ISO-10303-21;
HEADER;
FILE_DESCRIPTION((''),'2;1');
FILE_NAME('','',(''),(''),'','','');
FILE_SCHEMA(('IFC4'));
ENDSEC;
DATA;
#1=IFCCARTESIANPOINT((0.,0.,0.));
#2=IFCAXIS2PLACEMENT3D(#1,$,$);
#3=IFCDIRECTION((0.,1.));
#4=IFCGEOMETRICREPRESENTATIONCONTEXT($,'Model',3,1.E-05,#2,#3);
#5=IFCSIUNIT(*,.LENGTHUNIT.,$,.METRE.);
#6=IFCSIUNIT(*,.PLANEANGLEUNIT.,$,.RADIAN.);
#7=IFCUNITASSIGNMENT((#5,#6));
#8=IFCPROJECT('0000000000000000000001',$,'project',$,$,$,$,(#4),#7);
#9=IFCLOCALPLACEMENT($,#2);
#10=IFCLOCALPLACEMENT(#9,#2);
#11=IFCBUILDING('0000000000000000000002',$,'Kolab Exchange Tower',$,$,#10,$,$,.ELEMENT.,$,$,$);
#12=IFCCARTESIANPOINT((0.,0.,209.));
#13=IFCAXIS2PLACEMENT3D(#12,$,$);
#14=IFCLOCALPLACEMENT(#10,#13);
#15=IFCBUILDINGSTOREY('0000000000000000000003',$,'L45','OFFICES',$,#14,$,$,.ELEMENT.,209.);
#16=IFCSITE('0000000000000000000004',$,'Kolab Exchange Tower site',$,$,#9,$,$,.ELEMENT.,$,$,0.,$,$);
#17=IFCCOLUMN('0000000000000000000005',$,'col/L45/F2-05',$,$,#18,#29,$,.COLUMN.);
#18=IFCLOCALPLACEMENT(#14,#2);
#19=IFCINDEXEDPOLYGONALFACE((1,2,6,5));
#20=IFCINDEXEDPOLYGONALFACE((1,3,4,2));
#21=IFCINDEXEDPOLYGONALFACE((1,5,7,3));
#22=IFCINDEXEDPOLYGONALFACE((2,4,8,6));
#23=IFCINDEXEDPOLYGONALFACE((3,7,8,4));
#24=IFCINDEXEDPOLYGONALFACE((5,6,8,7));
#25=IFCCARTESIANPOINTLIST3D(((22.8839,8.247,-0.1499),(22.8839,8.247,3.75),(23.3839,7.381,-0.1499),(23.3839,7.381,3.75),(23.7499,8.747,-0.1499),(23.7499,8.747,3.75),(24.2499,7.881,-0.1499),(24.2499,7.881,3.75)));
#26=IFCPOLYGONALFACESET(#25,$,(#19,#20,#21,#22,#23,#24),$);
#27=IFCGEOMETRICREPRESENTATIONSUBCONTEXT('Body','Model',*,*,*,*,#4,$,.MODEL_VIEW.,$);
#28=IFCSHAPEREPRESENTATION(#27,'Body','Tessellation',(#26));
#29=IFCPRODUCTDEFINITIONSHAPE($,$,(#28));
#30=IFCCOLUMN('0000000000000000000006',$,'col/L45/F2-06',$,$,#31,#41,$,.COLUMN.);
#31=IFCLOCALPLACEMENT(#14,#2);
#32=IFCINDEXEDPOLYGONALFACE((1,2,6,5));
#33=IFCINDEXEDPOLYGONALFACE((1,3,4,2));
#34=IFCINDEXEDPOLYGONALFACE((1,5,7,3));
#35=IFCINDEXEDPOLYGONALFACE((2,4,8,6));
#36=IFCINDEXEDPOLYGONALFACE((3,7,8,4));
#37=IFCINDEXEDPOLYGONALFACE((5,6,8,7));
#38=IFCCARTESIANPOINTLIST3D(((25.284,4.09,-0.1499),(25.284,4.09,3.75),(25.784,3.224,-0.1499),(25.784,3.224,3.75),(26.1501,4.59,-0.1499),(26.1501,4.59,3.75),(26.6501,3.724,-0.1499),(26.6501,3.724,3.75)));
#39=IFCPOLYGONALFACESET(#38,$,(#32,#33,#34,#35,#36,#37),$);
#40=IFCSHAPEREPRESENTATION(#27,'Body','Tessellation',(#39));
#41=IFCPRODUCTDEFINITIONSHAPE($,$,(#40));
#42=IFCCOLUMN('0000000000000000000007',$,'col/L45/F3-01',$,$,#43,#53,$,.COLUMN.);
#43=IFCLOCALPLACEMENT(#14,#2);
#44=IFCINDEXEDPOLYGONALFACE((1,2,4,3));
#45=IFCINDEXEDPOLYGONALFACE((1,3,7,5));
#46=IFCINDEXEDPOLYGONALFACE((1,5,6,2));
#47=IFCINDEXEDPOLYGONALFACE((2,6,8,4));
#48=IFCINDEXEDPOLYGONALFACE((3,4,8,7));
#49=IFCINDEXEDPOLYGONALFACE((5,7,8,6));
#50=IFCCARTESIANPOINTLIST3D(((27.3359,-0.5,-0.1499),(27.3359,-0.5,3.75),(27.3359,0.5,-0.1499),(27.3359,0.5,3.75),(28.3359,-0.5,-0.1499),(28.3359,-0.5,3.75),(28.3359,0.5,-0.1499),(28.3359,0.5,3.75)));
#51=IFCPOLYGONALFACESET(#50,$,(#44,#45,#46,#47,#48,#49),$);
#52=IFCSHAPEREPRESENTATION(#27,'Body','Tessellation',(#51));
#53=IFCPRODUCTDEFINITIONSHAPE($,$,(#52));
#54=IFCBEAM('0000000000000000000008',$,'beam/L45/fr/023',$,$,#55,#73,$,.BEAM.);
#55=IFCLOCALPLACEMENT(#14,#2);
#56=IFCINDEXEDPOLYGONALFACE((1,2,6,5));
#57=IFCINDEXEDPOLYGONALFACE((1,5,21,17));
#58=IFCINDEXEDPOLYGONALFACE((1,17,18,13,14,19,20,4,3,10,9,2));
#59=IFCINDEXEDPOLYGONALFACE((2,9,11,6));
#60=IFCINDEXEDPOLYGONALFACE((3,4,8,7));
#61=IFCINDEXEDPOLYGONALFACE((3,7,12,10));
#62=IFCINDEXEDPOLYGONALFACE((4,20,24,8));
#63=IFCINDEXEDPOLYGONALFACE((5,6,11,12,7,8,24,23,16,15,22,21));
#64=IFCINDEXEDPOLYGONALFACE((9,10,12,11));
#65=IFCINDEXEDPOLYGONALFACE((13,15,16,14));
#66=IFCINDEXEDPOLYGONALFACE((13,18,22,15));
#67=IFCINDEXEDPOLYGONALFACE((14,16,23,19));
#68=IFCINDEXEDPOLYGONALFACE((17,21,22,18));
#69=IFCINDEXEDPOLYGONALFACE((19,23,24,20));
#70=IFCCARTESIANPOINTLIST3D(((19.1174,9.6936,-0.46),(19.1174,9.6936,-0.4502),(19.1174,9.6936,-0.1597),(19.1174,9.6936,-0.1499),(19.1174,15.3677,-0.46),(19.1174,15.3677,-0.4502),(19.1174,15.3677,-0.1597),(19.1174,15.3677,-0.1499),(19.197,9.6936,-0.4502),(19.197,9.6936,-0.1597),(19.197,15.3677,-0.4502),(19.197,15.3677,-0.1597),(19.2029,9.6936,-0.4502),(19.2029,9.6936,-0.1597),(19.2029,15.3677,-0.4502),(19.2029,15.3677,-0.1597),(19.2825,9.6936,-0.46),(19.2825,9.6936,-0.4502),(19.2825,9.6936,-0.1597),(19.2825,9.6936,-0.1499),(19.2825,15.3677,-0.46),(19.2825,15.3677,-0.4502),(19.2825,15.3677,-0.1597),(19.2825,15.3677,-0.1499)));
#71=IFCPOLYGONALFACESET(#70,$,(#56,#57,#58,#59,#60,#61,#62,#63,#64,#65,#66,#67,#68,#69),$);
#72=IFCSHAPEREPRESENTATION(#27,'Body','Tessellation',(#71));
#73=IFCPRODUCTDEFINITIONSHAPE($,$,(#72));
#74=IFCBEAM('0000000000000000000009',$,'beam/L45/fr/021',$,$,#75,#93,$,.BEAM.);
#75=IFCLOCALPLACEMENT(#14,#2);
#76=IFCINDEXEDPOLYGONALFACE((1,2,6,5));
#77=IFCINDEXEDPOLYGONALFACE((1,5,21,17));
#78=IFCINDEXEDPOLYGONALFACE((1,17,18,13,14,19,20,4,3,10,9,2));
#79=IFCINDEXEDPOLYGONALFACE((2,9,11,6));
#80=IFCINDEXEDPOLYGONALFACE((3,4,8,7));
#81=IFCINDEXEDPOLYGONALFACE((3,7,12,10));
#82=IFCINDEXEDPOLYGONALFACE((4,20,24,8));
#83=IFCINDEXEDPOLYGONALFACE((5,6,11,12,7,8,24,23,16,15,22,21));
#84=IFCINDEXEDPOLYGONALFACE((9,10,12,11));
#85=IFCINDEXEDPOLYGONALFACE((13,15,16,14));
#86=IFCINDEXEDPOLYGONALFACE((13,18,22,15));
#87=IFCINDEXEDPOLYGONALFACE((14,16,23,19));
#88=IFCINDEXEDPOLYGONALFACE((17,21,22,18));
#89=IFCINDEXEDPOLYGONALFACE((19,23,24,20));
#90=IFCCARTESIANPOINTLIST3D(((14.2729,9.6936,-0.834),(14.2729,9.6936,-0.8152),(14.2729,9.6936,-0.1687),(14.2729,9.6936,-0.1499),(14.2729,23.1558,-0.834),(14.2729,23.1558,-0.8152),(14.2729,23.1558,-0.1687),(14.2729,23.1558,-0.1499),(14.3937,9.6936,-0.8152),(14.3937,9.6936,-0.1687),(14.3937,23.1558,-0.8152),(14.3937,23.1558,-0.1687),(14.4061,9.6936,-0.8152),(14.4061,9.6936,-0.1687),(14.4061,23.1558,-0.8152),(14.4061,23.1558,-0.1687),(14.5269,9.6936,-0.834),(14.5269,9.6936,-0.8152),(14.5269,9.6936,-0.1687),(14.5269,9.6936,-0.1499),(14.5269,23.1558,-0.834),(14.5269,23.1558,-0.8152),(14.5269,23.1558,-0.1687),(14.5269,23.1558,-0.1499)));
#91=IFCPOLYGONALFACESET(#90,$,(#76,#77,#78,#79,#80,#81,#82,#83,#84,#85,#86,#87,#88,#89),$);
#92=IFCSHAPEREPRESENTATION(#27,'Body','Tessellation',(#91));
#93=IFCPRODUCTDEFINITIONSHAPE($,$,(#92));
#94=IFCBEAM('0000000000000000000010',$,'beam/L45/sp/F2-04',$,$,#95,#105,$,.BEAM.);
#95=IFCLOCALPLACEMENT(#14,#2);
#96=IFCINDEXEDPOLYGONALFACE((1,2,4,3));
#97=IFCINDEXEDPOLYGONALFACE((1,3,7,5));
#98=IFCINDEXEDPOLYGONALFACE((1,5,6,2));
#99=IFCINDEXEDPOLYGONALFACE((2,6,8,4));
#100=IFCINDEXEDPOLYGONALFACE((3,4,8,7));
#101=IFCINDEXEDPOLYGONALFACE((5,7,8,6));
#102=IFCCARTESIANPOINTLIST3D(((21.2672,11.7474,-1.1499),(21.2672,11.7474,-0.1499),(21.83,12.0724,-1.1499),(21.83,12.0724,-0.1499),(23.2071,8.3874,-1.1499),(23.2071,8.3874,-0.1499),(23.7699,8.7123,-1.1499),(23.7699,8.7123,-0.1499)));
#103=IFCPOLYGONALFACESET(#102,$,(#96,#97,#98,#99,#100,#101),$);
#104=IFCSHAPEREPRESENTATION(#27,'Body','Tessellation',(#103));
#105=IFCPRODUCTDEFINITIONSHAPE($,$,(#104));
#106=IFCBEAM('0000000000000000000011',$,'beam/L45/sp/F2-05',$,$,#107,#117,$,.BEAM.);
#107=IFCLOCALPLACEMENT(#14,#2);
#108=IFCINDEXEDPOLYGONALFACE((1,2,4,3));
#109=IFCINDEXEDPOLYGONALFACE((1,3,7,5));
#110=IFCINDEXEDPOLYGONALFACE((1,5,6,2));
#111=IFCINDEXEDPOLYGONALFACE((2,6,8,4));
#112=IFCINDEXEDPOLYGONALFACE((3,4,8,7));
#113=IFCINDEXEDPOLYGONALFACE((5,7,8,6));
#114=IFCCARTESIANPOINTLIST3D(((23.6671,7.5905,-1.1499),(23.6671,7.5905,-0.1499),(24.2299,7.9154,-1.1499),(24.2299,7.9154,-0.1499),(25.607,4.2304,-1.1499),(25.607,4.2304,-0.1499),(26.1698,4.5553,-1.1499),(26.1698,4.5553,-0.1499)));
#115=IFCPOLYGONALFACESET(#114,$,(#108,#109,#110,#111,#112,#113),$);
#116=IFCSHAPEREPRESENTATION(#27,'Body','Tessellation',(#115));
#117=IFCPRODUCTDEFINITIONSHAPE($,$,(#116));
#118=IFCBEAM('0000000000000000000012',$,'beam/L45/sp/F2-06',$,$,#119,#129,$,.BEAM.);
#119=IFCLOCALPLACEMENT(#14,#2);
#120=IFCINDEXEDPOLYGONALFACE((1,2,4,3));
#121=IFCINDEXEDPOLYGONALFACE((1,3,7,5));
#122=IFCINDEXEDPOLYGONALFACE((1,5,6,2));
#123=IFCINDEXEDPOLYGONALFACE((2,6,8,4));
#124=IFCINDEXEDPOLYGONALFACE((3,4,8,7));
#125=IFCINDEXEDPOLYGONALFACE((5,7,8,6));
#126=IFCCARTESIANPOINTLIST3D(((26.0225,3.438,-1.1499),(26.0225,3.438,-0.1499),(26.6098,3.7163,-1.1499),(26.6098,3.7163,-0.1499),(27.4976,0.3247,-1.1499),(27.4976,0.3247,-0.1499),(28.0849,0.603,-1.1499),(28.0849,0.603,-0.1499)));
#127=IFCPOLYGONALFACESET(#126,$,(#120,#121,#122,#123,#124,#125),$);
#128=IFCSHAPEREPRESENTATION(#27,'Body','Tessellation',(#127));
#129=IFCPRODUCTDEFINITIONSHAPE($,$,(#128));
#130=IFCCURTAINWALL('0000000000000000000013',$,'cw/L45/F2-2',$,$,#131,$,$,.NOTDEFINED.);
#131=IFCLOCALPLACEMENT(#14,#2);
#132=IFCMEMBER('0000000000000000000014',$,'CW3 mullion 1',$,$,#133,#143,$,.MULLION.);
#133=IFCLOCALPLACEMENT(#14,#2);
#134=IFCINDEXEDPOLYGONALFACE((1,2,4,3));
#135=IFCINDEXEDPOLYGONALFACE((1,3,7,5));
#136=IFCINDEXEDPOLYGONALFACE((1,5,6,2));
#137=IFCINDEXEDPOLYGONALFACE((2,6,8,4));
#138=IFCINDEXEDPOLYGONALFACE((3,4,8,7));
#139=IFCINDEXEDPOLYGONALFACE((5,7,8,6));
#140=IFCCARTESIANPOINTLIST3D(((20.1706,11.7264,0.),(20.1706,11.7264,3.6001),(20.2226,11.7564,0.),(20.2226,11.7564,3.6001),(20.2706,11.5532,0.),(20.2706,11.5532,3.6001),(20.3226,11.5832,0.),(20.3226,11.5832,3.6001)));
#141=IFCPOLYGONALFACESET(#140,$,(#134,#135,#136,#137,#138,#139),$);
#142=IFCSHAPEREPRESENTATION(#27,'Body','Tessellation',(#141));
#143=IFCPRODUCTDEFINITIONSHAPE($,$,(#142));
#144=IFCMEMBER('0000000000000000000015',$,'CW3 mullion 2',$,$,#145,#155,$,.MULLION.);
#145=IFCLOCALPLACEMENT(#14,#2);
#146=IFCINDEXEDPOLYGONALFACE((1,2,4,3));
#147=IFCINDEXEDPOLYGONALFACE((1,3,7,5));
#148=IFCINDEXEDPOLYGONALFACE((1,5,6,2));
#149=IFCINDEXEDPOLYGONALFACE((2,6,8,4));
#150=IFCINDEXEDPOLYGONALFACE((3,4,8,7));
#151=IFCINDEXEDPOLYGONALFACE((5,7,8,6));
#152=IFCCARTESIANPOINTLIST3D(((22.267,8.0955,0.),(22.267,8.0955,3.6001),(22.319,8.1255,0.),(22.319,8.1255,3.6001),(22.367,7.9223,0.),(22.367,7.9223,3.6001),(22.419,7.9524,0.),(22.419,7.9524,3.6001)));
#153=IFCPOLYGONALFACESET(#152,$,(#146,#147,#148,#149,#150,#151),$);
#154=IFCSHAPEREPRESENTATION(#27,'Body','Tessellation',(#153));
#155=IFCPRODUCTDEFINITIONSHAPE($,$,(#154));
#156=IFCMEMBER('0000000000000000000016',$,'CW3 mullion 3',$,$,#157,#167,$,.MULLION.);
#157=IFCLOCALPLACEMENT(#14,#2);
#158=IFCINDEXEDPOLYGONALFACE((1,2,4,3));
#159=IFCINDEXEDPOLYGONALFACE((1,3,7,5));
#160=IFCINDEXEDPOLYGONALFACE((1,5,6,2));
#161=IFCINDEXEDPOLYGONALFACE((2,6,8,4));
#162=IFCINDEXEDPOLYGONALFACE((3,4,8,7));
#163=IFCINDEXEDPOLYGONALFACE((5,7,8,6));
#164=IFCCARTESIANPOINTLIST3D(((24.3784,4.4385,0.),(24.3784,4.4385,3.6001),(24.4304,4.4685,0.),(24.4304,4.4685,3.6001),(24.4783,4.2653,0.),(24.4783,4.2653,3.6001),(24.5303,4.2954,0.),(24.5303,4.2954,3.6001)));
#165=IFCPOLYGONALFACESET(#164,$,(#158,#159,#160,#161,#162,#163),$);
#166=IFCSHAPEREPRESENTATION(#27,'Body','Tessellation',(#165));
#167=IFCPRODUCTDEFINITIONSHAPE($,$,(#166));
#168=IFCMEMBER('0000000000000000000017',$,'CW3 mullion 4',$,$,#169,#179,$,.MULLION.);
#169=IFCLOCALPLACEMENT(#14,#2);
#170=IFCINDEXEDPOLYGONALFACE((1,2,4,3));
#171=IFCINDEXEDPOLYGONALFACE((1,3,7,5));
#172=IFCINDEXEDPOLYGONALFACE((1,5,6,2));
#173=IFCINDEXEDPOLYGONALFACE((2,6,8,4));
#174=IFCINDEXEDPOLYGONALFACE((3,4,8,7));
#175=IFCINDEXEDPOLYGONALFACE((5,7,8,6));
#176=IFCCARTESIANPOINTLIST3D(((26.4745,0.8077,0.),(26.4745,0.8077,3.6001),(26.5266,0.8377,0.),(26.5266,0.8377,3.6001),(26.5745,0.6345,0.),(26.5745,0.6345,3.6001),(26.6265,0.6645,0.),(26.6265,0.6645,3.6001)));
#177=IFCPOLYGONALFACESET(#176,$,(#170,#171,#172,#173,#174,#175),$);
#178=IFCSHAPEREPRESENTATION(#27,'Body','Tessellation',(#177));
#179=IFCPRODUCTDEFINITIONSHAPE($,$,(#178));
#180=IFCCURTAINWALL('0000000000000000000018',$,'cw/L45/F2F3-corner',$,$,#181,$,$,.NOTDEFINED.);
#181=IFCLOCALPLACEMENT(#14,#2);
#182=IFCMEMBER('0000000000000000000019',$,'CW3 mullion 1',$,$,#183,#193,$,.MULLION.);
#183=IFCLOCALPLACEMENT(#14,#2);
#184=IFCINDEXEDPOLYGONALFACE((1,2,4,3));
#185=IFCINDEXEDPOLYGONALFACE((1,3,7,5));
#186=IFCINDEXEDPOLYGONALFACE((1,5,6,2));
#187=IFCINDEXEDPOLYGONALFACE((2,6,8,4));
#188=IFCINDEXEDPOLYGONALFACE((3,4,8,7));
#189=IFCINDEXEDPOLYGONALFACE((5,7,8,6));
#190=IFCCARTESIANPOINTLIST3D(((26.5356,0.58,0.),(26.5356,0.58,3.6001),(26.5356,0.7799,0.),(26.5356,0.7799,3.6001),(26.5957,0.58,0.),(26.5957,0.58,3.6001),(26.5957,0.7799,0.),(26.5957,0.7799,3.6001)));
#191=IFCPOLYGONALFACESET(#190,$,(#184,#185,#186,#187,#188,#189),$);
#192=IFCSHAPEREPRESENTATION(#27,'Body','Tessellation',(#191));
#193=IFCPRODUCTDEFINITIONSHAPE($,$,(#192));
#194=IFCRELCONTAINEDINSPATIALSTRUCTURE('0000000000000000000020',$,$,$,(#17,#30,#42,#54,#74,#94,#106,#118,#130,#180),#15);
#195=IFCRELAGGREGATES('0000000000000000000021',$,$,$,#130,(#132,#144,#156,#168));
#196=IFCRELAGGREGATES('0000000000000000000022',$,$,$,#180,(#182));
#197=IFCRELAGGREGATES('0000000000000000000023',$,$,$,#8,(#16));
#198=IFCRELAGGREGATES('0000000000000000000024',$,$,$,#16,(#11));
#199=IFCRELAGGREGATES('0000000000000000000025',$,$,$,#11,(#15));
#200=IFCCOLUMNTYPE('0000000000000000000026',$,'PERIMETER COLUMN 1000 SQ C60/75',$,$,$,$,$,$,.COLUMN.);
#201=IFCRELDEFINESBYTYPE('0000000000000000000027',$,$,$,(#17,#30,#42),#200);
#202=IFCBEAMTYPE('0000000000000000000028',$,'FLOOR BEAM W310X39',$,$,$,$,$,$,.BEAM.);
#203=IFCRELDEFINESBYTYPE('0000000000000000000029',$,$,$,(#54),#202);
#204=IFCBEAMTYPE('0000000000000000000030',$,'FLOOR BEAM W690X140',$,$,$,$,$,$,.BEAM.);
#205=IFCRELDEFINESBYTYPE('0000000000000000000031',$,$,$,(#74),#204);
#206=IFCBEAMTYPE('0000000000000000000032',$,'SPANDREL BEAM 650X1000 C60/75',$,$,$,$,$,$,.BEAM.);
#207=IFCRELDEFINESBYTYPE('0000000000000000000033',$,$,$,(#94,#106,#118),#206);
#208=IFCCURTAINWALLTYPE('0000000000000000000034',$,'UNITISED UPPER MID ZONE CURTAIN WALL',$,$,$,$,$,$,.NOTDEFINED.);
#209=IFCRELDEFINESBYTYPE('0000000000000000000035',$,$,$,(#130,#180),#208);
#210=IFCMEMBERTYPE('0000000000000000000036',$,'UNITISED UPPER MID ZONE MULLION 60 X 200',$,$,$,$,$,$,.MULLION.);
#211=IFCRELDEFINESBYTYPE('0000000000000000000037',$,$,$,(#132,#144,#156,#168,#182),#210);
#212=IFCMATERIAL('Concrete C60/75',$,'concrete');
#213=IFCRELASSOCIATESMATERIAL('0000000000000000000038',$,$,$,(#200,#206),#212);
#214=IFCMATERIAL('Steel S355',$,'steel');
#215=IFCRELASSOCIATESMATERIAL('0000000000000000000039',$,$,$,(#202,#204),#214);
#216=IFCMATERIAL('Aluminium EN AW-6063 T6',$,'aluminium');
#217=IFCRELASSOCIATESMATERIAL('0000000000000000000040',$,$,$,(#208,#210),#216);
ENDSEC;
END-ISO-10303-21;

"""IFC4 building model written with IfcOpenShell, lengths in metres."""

from ifc_helpers import new_model, si_unit, direction, frame, origin, origin_2d, place, context, subcontext, project, spatial, rectangle, i_section, extrude, material, material_profile, profile_set, type_object, element, aggregate, save


model = new_model("IFC4")

# Units and contexts
model_context = context("Model", 3, precision=1e-05, world=origin(), true_north=direction((0.0, 1.0)))
body_context = subcontext(model_context, "Body", "Model", "MODEL_VIEW")
ifc_project = project(units=[si_unit("LENGTHUNIT", "METRE"), si_unit("PLANEANGLEUNIT", "RADIAN")], contexts=[model_context])

# Site, building, storey
site_placement = place(None, origin())
site = spatial("IfcSite", under=ifc_project, at=site_placement, Name="Kolab Exchange Tower site", CompositionType="ELEMENT", RefElevation=0.0)
building_placement = place(site_placement, origin())
building = spatial("IfcBuilding", under=site, at=building_placement, Name="Kolab Exchange Tower", CompositionType="ELEMENT")
storey_placement = place(building_placement, frame((0.0, 0.0, 209.0)))
storey = spatial("IfcBuildingStorey", under=building, at=storey_placement, Name="L45", Description="OFFICES", CompositionType="ELEMENT", Elevation=209.0)

# Columns
ifc_material_1 = material(Name="Concrete C60/75", Category="concrete")
ifc_material_profile_1 = material_profile(ifc_material_1, rectangle(XDim=1.0, YDim=1.0, at=origin_2d()), Name="RC1000")
ifc_profile_set_1 = profile_set([ifc_material_profile_1], Name="Concrete C60/75")
column_type = type_object("IfcColumnType", Name="PERIMETER COLUMN 1000 SQ C60/75", PredefinedType="COLUMN", material=ifc_profile_set_1)
for number, where, z_axis, x_axis, name in (
    (1, (23.5669, 8.064, -0.1499), (0.0, 0.0, 1.0), (0.866025, 0.5, 0.0), "col/L45/F2-05"),
    (2, (25.967, 3.907, -0.1499), (0.0, 0.0, 1.0), (0.866025, 0.5, 0.0), "col/L45/F2-06"),
    (3, (27.8359, 0.0, -0.1499), (0.0, 0.0, 1.0), (1.0, 0.0, 0.0), "col/L45/F3-01"),
):
    element("IfcColumn", number, at=place(storey_placement, frame(where, z_axis=z_axis, x_axis=x_axis)), inside=storey, type_object=column_type, Name=name, PredefinedType="COLUMN", context=body_context, shape_type="SweptSolid", body=[
        extrude(rectangle(XDim=1.0, YDim=1.0, at=origin_2d()), origin(), (0.0, 0.0, 1.0), 3.8999),
    ])

# Beams
ifc_material_2 = material(Name="Steel S355", Category="steel")
ifc_material_profile_2 = material_profile(ifc_material_2, i_section(OverallWidth=0.165, OverallDepth=0.3101, WebThickness=0.0059, FlangeThickness=0.0098, at=origin_2d()), Name="W310X39")
ifc_profile_set_2 = profile_set([ifc_material_profile_2], Name="Steel S355")
beam_type_1 = type_object("IfcBeamType", Name="FLOOR BEAM W310X39", PredefinedType="BEAM", material=ifc_profile_set_2)
beam_1_placement = place(storey_placement, frame((19.2, 9.6936, -0.3049), z_axis=(0.0, 1.0, 0.0), x_axis=(-1.0, 0.0, 0.0)))
element("IfcBeam", 4, at=beam_1_placement, inside=storey, type_object=beam_type_1, Name="beam/L45/fr/023", PredefinedType="BEAM", context=body_context, shape_type="SweptSolid", body=[
    extrude(i_section(OverallWidth=0.165, OverallDepth=0.3101, WebThickness=0.0059, FlangeThickness=0.0098, at=origin_2d()), origin(), (0.0, 0.0, 1.0), 5.6741),
])
ifc_material_profile_3 = material_profile(ifc_material_2, i_section(OverallWidth=0.2539, OverallDepth=0.6841, WebThickness=0.0125, FlangeThickness=0.0188, at=origin_2d()), Name="W690X140")
ifc_profile_set_3 = profile_set([ifc_material_profile_3], Name="Steel S355")
beam_type_2 = type_object("IfcBeamType", Name="FLOOR BEAM W690X140", PredefinedType="BEAM", material=ifc_profile_set_3)
beam_2_placement = place(storey_placement, frame((14.3999, 9.6936, -0.4919), z_axis=(0.0, 1.0, 0.0), x_axis=(-1.0, 0.0, 0.0)))
element("IfcBeam", 5, at=beam_2_placement, inside=storey, type_object=beam_type_2, Name="beam/L45/fr/021", PredefinedType="BEAM", context=body_context, shape_type="SweptSolid", body=[
    extrude(i_section(OverallWidth=0.2539, OverallDepth=0.6841, WebThickness=0.0125, FlangeThickness=0.0188, at=origin_2d()), origin(), (0.0, 0.0, 1.0), 13.4622),
])
ifc_material_profile_4 = material_profile(ifc_material_1, rectangle(XDim=0.6499, YDim=1.0, at=origin_2d()), Name="RC650X1000")
ifc_profile_set_4 = profile_set([ifc_material_profile_4], Name="Concrete C60/75")
beam_type_3 = type_object("IfcBeamType", Name="SPANDREL BEAM 650X1000 C60/75", PredefinedType="BEAM", material=ifc_profile_set_4)
for number, where, z_axis, x_axis, name in (
    (6, (21.5486, 11.9099, -0.6499), (0.499997, -0.866027, 0.0), (0.866027, 0.499997, 0.0), "beam/L45/sp/F2-04"),
    (7, (23.9485, 7.7529, -0.6499), (0.499997, -0.866027, 0.0), (0.866027, 0.499997, 0.0), "beam/L45/sp/F2-05"),
):
    element("IfcBeam", number, at=place(storey_placement, frame(where, z_axis=z_axis, x_axis=x_axis)), inside=storey, type_object=beam_type_3, Name=name, PredefinedType="BEAM", context=body_context, shape_type="SweptSolid", body=[
        extrude(rectangle(XDim=0.6499, YDim=1.0, at=origin_2d()), origin(), (0.0, 0.0, 1.0), 3.8799),
    ])
beam_3_placement = place(storey_placement, frame((26.3162, 3.5771, -0.6499), z_axis=(0.428178, -0.903695, 0.0), x_axis=(0.903695, 0.428178, 0.0)))
element("IfcBeam", 8, at=beam_3_placement, inside=storey, type_object=beam_type_3, Name="beam/L45/sp/F2-06", PredefinedType="BEAM", context=body_context, shape_type="SweptSolid", body=[
    extrude(rectangle(XDim=0.6499, YDim=1.0, at=origin_2d()), origin(), (0.0, 0.0, 1.0), 3.4451),
])

# Curtain wall, members
ifc_material_3 = material(Name="Aluminium EN AW-6063 T6", Category="aluminium")
curtain_wall_type = type_object("IfcCurtainWallType", Name="UNITISED UPPER MID ZONE CURTAIN WALL", PredefinedType="NOTDEFINED", material=ifc_material_3)
curtain_wall_1_placement = place(storey_placement, origin())
curtain_wall_1 = element("IfcCurtainWall", 9, at=curtain_wall_1_placement, inside=storey, type_object=curtain_wall_type, Name="cw/L45/F2-2", PredefinedType="NOTDEFINED")
ifc_material_profile_5 = material_profile(ifc_material_3, rectangle(XDim=0.0601, YDim=0.2, at=origin_2d()), Name="RECT 60X200")
ifc_profile_set_5 = profile_set([ifc_material_profile_5], Name="Aluminium EN AW-6063 T6")
member_type_1 = type_object("IfcMemberType", Name="UNITISED UPPER MID ZONE MULLION 60 X 200", PredefinedType="MULLION", material=ifc_profile_set_5)
member_1_placement = place(storey_placement, frame((20.2466, 11.6548, 0.0), z_axis=(0.0, 0.0, 1.0), x_axis=(0.866025, 0.5, 0.0)))
member_1 = element("IfcMember", 10, at=member_1_placement, type_object=member_type_1, Name="CW3 mullion 1", PredefinedType="MULLION", context=body_context, shape_type="SweptSolid", body=[
    extrude(rectangle(XDim=0.0601, YDim=0.2, at=origin_2d()), origin(), (0.0, 0.0, 1.0), 3.6001),
])
member_2_placement = place(storey_placement, frame((22.343, 8.0239, 0.0), z_axis=(0.0, 0.0, 1.0), x_axis=(0.866025, 0.5, 0.0)))
member_2 = element("IfcMember", 11, at=member_2_placement, type_object=member_type_1, Name="CW3 mullion 2", PredefinedType="MULLION", context=body_context, shape_type="SweptSolid", body=[
    extrude(rectangle(XDim=0.0601, YDim=0.2, at=origin_2d()), origin(), (0.0, 0.0, 1.0), 3.6001),
])
member_3_placement = place(storey_placement, frame((24.4543, 4.3669, 0.0), z_axis=(0.0, 0.0, 1.0), x_axis=(0.866025, 0.5, 0.0)))
member_3 = element("IfcMember", 12, at=member_3_placement, type_object=member_type_1, Name="CW3 mullion 3", PredefinedType="MULLION", context=body_context, shape_type="SweptSolid", body=[
    extrude(rectangle(XDim=0.0601, YDim=0.2, at=origin_2d()), origin(), (0.0, 0.0, 1.0), 3.6001),
])
member_4_placement = place(storey_placement, frame((26.5505, 0.7361, 0.0), z_axis=(0.0, 0.0, 1.0), x_axis=(0.866025, 0.5, 0.0)))
member_4 = element("IfcMember", 13, at=member_4_placement, type_object=member_type_1, Name="CW3 mullion 4", PredefinedType="MULLION", context=body_context, shape_type="SweptSolid", body=[
    extrude(rectangle(XDim=0.0601, YDim=0.2, at=origin_2d()), origin(), (0.0, 0.0, 1.0), 3.6001),
])

# Curtain wall, member
curtain_wall_2_placement = place(storey_placement, origin())
curtain_wall_2 = element("IfcCurtainWall", 14, at=curtain_wall_2_placement, inside=storey, type_object=curtain_wall_type, Name="cw/L45/F2F3-corner", PredefinedType="NOTDEFINED")
member_5_placement = place(storey_placement, frame((26.5657, 0.6799, 0.0), z_axis=(0.0, 0.0, 1.0), x_axis=(1.0, 0.0, 0.0)))
member_5 = element("IfcMember", 15, at=member_5_placement, type_object=member_type_1, Name="CW3 mullion 1", PredefinedType="MULLION", context=body_context, shape_type="SweptSolid", body=[
    extrude(rectangle(XDim=0.0601, YDim=0.2, at=origin_2d()), origin(), (0.0, 0.0, 1.0), 3.6001),
])

aggregate(curtain_wall_1, [member_1, member_2, member_3, member_4])
aggregate(curtain_wall_2, [member_5])

save(model, "model.ifc")
